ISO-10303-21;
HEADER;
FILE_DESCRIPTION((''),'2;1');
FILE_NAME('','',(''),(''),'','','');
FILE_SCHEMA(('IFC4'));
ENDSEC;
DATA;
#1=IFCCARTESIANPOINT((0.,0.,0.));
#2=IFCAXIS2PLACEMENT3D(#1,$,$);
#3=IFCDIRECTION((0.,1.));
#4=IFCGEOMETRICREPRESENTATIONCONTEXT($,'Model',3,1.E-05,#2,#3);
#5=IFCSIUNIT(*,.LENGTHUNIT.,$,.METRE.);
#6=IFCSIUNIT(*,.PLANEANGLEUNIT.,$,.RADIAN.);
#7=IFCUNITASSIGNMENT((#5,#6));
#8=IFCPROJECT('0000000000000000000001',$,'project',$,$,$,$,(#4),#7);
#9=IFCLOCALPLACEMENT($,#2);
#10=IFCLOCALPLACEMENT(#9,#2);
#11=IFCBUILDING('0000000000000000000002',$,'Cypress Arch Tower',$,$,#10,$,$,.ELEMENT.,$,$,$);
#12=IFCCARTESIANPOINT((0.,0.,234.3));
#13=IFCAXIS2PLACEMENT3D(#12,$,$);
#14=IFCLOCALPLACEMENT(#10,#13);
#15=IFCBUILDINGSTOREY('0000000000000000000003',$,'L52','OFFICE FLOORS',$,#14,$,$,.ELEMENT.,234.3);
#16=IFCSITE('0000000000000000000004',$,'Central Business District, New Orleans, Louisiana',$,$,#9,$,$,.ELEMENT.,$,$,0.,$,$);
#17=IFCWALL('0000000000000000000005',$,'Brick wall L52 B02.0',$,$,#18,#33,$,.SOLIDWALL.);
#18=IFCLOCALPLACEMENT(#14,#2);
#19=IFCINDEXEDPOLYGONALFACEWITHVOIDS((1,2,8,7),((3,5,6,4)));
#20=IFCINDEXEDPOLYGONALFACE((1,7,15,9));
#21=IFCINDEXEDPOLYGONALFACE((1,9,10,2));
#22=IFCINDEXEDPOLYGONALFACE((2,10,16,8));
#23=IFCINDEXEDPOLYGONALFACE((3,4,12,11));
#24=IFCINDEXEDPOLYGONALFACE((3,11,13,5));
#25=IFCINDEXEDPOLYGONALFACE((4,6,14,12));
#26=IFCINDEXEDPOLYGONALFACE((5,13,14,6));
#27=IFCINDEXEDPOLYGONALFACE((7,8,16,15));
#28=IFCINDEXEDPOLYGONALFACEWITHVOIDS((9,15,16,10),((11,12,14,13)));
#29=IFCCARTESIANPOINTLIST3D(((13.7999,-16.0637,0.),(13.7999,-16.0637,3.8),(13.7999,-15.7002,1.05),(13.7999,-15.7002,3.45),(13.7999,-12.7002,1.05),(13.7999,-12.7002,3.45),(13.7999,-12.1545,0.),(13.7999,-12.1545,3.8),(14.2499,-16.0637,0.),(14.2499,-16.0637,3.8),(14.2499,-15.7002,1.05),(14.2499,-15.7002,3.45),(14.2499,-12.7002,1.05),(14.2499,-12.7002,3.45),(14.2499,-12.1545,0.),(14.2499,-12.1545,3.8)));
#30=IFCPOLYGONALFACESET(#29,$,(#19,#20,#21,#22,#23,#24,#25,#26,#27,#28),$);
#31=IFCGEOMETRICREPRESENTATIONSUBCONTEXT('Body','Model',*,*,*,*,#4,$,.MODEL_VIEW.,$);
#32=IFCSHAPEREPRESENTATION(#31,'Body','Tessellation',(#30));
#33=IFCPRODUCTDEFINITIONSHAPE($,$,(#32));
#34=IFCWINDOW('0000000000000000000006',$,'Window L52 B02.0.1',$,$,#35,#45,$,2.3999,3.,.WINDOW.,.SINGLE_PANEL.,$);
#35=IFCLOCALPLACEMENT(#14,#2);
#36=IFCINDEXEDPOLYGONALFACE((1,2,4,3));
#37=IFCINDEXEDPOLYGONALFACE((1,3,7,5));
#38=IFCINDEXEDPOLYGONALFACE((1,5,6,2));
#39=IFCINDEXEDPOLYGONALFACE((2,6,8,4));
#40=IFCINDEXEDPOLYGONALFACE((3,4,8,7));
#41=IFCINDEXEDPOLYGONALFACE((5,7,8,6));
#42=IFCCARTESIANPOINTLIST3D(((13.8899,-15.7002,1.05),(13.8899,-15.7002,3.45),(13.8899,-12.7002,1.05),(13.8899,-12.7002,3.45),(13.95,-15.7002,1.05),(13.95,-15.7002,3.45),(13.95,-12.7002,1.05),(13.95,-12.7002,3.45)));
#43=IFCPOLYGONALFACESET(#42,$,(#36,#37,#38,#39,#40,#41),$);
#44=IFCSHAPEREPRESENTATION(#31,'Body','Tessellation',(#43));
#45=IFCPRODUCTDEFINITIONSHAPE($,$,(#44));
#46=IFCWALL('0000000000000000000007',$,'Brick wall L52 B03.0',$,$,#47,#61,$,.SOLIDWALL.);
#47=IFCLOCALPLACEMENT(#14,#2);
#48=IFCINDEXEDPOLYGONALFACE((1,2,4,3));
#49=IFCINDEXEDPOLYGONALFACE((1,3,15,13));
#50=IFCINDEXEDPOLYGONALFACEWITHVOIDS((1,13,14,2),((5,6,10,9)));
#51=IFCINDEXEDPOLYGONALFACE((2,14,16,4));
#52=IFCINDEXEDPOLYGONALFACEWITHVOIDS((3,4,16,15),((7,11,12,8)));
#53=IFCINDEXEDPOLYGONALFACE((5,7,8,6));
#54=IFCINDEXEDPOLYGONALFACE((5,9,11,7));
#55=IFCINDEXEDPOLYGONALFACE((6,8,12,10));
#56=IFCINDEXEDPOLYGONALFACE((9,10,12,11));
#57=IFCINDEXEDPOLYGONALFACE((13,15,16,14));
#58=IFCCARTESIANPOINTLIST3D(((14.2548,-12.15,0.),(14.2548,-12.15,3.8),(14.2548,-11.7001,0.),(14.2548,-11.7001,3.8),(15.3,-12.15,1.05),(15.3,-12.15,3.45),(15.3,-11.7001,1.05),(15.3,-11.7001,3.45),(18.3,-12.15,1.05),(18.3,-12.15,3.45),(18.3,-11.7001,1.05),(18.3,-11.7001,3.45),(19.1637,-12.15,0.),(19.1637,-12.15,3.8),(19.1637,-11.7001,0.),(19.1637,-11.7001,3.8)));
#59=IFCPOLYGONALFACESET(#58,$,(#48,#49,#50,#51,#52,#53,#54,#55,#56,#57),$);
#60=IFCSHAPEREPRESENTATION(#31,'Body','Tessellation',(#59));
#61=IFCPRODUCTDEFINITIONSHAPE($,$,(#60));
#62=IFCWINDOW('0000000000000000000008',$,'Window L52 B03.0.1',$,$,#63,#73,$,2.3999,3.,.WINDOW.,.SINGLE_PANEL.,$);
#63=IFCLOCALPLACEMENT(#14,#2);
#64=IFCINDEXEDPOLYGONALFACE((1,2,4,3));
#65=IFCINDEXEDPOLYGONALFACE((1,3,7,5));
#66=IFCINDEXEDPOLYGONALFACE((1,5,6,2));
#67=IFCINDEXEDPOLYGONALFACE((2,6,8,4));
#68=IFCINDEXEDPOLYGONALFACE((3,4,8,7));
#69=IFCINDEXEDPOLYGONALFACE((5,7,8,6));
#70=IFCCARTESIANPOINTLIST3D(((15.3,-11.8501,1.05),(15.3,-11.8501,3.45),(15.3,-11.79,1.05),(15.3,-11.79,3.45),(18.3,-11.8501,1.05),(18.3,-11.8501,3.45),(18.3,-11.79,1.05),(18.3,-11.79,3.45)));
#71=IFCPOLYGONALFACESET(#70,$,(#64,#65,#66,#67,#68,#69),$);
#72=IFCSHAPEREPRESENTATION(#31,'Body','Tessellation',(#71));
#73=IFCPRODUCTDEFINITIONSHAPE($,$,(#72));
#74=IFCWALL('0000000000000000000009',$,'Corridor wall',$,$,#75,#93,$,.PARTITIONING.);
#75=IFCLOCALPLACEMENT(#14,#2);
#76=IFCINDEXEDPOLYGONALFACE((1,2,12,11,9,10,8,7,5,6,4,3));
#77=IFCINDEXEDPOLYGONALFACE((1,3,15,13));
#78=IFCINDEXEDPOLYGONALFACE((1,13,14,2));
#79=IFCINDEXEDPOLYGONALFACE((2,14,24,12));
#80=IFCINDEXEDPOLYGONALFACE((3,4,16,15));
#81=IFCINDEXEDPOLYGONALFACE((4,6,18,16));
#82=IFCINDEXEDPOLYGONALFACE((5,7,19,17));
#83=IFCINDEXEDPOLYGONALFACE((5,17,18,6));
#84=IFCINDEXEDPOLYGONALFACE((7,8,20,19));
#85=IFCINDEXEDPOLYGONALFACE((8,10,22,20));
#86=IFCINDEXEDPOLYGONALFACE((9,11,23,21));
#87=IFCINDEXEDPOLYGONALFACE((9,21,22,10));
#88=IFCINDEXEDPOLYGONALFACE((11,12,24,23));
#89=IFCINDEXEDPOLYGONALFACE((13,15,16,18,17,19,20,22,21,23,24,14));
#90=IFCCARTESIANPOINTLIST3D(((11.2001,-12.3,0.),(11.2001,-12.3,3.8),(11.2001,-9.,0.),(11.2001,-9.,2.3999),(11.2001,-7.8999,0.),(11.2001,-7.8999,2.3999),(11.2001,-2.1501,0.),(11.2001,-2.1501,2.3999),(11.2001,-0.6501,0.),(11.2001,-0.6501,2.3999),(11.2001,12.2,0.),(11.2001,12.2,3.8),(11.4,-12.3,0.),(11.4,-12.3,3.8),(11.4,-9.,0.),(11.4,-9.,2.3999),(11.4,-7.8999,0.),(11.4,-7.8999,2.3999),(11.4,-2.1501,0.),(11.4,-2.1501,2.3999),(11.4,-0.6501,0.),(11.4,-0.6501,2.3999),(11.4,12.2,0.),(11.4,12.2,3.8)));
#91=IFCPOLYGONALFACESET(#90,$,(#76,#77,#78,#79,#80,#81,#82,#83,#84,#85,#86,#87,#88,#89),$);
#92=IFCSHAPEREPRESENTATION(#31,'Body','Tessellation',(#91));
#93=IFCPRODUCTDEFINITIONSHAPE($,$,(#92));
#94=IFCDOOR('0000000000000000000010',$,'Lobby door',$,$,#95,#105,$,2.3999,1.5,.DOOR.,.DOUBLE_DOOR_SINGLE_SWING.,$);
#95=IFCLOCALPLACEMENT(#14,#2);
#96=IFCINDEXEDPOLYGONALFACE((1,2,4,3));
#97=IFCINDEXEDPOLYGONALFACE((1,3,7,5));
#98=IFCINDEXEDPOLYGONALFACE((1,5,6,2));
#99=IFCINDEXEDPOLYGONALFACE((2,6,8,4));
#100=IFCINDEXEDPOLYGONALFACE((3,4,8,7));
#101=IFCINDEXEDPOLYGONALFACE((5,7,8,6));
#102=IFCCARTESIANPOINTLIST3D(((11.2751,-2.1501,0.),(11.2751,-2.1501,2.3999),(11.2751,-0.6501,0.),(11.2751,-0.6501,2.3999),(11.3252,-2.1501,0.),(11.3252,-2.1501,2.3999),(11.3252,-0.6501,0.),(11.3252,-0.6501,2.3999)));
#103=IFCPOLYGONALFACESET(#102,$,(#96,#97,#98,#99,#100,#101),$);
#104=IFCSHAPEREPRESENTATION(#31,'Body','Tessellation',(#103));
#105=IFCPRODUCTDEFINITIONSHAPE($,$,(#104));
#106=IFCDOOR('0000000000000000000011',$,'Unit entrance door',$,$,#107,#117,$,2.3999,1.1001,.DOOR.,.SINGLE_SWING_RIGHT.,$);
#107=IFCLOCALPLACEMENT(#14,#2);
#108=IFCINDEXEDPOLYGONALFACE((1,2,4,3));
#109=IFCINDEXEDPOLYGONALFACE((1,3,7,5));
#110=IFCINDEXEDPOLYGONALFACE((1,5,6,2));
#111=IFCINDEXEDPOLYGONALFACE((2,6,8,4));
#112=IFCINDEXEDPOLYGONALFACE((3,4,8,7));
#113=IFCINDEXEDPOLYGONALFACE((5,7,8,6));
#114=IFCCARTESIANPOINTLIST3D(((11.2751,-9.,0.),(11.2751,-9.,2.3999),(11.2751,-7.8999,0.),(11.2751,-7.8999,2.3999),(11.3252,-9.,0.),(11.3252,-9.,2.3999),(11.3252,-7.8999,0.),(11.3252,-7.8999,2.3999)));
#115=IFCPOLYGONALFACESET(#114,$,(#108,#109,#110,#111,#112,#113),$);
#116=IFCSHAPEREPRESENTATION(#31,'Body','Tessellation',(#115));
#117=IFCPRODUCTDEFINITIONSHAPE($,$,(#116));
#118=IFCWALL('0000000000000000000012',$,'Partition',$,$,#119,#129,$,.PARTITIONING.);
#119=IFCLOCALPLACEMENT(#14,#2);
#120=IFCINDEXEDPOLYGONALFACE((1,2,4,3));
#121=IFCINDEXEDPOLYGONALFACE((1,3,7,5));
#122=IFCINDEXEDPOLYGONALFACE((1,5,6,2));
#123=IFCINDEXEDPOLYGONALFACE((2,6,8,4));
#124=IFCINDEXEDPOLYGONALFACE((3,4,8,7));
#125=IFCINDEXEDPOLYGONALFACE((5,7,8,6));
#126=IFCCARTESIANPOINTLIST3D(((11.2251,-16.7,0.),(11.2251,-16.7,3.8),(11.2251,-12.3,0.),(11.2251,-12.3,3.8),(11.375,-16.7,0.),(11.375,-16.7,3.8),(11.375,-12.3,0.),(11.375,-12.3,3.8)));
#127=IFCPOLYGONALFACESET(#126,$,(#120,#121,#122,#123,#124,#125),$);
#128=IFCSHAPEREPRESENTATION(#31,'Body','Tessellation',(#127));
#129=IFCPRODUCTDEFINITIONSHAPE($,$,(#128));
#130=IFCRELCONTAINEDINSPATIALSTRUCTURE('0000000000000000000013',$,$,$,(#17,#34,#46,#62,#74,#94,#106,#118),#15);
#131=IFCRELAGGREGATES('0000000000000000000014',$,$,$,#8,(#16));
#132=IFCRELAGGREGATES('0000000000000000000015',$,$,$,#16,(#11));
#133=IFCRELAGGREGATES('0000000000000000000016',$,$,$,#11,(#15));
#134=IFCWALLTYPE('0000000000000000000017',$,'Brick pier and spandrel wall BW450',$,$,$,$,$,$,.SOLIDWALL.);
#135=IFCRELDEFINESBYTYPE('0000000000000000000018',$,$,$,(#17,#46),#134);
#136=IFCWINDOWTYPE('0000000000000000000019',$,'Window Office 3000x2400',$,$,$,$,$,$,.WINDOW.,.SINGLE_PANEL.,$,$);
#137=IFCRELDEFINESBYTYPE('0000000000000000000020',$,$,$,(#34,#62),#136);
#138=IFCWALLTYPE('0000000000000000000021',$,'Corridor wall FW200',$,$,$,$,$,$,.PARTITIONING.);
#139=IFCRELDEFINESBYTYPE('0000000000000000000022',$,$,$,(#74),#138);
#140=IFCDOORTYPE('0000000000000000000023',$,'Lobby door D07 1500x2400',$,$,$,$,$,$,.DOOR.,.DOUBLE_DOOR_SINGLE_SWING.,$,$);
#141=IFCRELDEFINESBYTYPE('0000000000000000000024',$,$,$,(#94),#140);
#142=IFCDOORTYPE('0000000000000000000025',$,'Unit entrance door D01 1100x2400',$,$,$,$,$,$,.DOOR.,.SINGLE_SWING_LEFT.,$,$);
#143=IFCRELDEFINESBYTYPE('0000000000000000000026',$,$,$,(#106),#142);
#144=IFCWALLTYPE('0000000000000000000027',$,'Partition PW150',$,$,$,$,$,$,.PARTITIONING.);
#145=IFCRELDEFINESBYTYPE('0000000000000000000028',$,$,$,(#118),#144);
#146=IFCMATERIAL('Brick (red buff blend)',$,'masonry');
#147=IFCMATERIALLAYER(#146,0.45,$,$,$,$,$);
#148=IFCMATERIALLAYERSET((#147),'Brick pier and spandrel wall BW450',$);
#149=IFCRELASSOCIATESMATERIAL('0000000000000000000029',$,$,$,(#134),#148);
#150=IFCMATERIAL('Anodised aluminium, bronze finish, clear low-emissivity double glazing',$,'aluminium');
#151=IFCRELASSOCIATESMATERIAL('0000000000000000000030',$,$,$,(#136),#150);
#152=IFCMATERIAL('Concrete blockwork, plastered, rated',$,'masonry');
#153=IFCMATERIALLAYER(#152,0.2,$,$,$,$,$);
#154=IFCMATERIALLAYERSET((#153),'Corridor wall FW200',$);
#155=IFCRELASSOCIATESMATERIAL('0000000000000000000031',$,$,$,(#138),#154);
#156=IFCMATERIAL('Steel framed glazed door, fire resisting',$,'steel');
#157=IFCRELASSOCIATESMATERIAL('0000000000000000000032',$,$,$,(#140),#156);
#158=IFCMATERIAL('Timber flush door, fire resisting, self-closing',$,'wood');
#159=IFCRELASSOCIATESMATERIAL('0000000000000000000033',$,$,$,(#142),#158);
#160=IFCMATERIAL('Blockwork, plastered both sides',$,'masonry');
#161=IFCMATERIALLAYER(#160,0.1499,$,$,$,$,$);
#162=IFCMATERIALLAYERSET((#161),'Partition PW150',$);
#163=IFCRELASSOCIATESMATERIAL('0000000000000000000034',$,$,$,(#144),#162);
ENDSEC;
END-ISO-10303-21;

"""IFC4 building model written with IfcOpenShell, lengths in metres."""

from ifc_helpers import new_model, si_unit, direction, frame, frame_2d, origin, place, context, subcontext, project, spatial, rectangle, extrude, material, layer, layer_set, type_object, element, fill, save


model = new_model("IFC4")

# Units and contexts
model_context = context("Model", 3, precision=1e-05, world=origin(), true_north=direction((0.0, 1.0)))
body_context = subcontext(model_context, "Body", "Model", "MODEL_VIEW")
ifc_project = project(units=[si_unit("LENGTHUNIT", "METRE"), si_unit("PLANEANGLEUNIT", "RADIAN")], contexts=[model_context])

# Site, building, storey
site_placement = place(None, origin())
site = spatial("IfcSite", under=ifc_project, at=site_placement, Name="Central Business District, New Orleans, Louisiana", CompositionType="ELEMENT", RefElevation=0.0)
building_placement = place(site_placement, origin())
building = spatial("IfcBuilding", under=site, at=building_placement, Name="Cypress Arch Tower", CompositionType="ELEMENT")
storey_placement = place(building_placement, frame((0.0, 0.0, 234.3)))
storey = spatial("IfcBuildingStorey", under=building, at=storey_placement, Name="L52", Description="OFFICE FLOORS", CompositionType="ELEMENT", Elevation=234.3)

# Walls, openings, windows
ifc_material_1 = material(Name="Brick (red buff blend)", Category="masonry")
ifc_layer_1 = layer(ifc_material_1, 0.45)
ifc_layer_set_1 = layer_set([ifc_layer_1], Name="Brick pier and spandrel wall BW450")
wall_type_1 = type_object("IfcWallType", Name="Brick pier and spandrel wall BW450", PredefinedType="SOLIDWALL", material=ifc_layer_set_1)
wall_1_placement = place(storey_placement, frame((14.0249, -16.0637, 0.0), z_axis=(0.0, 0.0, 1.0), x_axis=(0.0, 1.0, 0.0)))
wall_1 = element("IfcWall", 1, at=wall_1_placement, inside=storey, type_object=wall_type_1, Name="Brick wall L52 B02.0", PredefinedType="SOLIDWALL", context=body_context, shape_type="SweptSolid", body=[
    extrude(rectangle(XDim=3.9092, YDim=0.45, at=frame_2d((1.9546, 0.0))), origin(), (0.0, 0.0, 1.0), 3.8),
])
opening_1_placement = place(wall_1_placement, frame((0.3635, 0.0, 1.05)))
opening_1 = element("IfcOpeningElement", 2, at=opening_1_placement, cuts=wall_1, PredefinedType="OPENING", context=body_context, shape_type="SweptSolid", body=[
    extrude(rectangle(XDim=3.0, YDim=2.3999, at=frame_2d((1.5, 1.2))), frame((0.0, 0.2349, 0.0), z_axis=(0.0, -1.0, 0.0), x_axis=(1.0, 0.0, 0.0)), (0.0, 0.0, 1.0), 0.47),
])
ifc_material_2 = material(Name="Anodised aluminium, bronze finish, clear low-emissivity double glazing", Category="aluminium")
window_type = type_object("IfcWindowType", Name="Window Office 3000x2400", PartitioningType="SINGLE_PANEL", PredefinedType="WINDOW", material=ifc_material_2)
window_1_placement = place(opening_1_placement, origin())
window_1 = element("IfcWindow", 3, at=window_1_placement, inside=storey, type_object=window_type, Name="Window L52 B02.0.1", OverallHeight=2.3999, OverallWidth=3.0, PartitioningType="SINGLE_PANEL", PredefinedType="WINDOW", context=body_context, shape_type="SweptSolid", body=[
    extrude(rectangle(XDim=3.0, YDim=2.3999, at=frame_2d((1.5, 1.2))), frame((0.0, 0.135, 0.0), z_axis=(0.0, -1.0, 0.0), x_axis=(1.0, 0.0, 0.0)), (0.0, 0.0, 1.0), 0.0601),
])
fill(opening_1, window_1)
wall_2_placement = place(storey_placement, frame((14.2546, -11.925, 0.0), z_axis=(0.0, 0.0, 1.0), x_axis=(1.0, 0.0, 0.0)))
wall_2 = element("IfcWall", 4, at=wall_2_placement, inside=storey, type_object=wall_type_1, Name="Brick wall L52 B03.0", PredefinedType="SOLIDWALL", context=body_context, shape_type="SweptSolid", body=[
    extrude(rectangle(XDim=4.9089, YDim=0.45, at=frame_2d((2.4546, 0.0))), origin(), (0.0, 0.0, 1.0), 3.8),
])
opening_2_placement = place(wall_2_placement, frame((1.0454, 0.0, 1.05)))
opening_2 = element("IfcOpeningElement", 5, at=opening_2_placement, cuts=wall_2, PredefinedType="OPENING", context=body_context, shape_type="SweptSolid", body=[
    extrude(rectangle(XDim=3.0, YDim=2.3999, at=frame_2d((1.5, 1.2))), frame((0.0, 0.2349, 0.0), z_axis=(0.0, -1.0, 0.0), x_axis=(1.0, 0.0, 0.0)), (0.0, 0.0, 1.0), 0.47),
])
window_2_placement = place(opening_2_placement, origin())
window_2 = element("IfcWindow", 6, at=window_2_placement, inside=storey, type_object=window_type, Name="Window L52 B03.0.1", OverallHeight=2.3999, OverallWidth=3.0, PartitioningType="SINGLE_PANEL", PredefinedType="WINDOW", context=body_context, shape_type="SweptSolid", body=[
    extrude(rectangle(XDim=3.0, YDim=2.3999, at=frame_2d((1.5, 1.2))), frame((0.0, 0.135, 0.0), z_axis=(0.0, -1.0, 0.0), x_axis=(1.0, 0.0, 0.0)), (0.0, 0.0, 1.0), 0.0601),
])
fill(opening_2, window_2)

# Wall, openings, doors
ifc_material_3 = material(Name="Concrete blockwork, plastered, rated", Category="masonry")
ifc_layer_2 = layer(ifc_material_3, 0.2)
ifc_layer_set_2 = layer_set([ifc_layer_2], Name="Corridor wall FW200")
wall_type_2 = type_object("IfcWallType", Name="Corridor wall FW200", PredefinedType="PARTITIONING", material=ifc_layer_set_2)
wall_3_placement = place(storey_placement, frame((11.3, -12.3, 0.0), z_axis=(0.0, 0.0, 1.0), x_axis=(0.0, 1.0, 0.0)))
wall_3 = element("IfcWall", 7, at=wall_3_placement, inside=storey, type_object=wall_type_2, Name="Corridor wall", PredefinedType="PARTITIONING", context=body_context, shape_type="SweptSolid", body=[
    extrude(rectangle(XDim=24.5, YDim=0.2, at=frame_2d((12.25, 0.0))), origin(), (0.0, 0.0, 1.0), 3.8),
])
opening_3_placement = place(wall_3_placement, frame((10.1499, 0.0, 0.0)))
opening_3 = element("IfcOpeningElement", 8, at=opening_3_placement, cuts=wall_3, PredefinedType="OPENING", context=body_context, shape_type="SweptSolid", body=[
    extrude(rectangle(XDim=1.5, YDim=2.3999, at=frame_2d((0.75, 1.2))), frame((0.0, 0.1099, 0.0), z_axis=(0.0, -1.0, 0.0), x_axis=(1.0, 0.0, 0.0)), (0.0, 0.0, 1.0), 0.22),
])
opening_4_placement = place(wall_3_placement, frame((3.3, 0.0, 0.0)))
opening_4 = element("IfcOpeningElement", 9, at=opening_4_placement, cuts=wall_3, PredefinedType="OPENING", context=body_context, shape_type="SweptSolid", body=[
    extrude(rectangle(XDim=1.1001, YDim=2.3999, at=frame_2d((0.55, 1.2))), frame((0.0, 0.1099, 0.0), z_axis=(0.0, -1.0, 0.0), x_axis=(1.0, 0.0, 0.0)), (0.0, 0.0, 1.0), 0.22),
])
ifc_material_4 = material(Name="Steel framed glazed door, fire resisting", Category="steel")
door_type_1 = type_object("IfcDoorType", Name="Lobby door D07 1500x2400", OperationType="DOUBLE_DOOR_SINGLE_SWING", PredefinedType="DOOR", material=ifc_material_4)
door_1_placement = place(opening_3_placement, origin())
door_1 = element("IfcDoor", 10, at=door_1_placement, inside=storey, type_object=door_type_1, Name="Lobby door", OperationType="DOUBLE_DOOR_SINGLE_SWING", OverallHeight=2.3999, OverallWidth=1.5, PredefinedType="DOOR", context=body_context, shape_type="SweptSolid", body=[
    extrude(rectangle(XDim=1.5, YDim=2.3999, at=frame_2d((0.75, 1.2))), frame((0.0, 0.0249, 0.0), z_axis=(0.0, -1.0, 0.0), x_axis=(1.0, 0.0, 0.0)), (0.0, 0.0, 1.0), 0.05),
])
fill(opening_3, door_1)
ifc_material_5 = material(Name="Timber flush door, fire resisting, self-closing", Category="wood")
door_type_2 = type_object("IfcDoorType", Name="Unit entrance door D01 1100x2400", OperationType="SINGLE_SWING_LEFT", PredefinedType="DOOR", material=ifc_material_5)
door_2_placement = place(opening_4_placement, origin())
door_2 = element("IfcDoor", 11, at=door_2_placement, inside=storey, type_object=door_type_2, Name="Unit entrance door", OperationType="SINGLE_SWING_RIGHT", OverallHeight=2.3999, OverallWidth=1.1001, PredefinedType="DOOR", context=body_context, shape_type="SweptSolid", body=[
    extrude(rectangle(XDim=1.1001, YDim=2.3999, at=frame_2d((0.55, 1.2))), frame((0.0, 0.0249, 0.0), z_axis=(0.0, -1.0, 0.0), x_axis=(1.0, 0.0, 0.0)), (0.0, 0.0, 1.0), 0.05),
])
fill(opening_4, door_2)

# Wall
ifc_material_6 = material(Name="Blockwork, plastered both sides", Category="masonry")
ifc_layer_3 = layer(ifc_material_6, 0.1499)
ifc_layer_set_3 = layer_set([ifc_layer_3], Name="Partition PW150")
wall_type_3 = type_object("IfcWallType", Name="Partition PW150", PredefinedType="PARTITIONING", material=ifc_layer_set_3)
wall_4_placement = place(storey_placement, frame((11.3, -16.7, 0.0), z_axis=(0.0, 0.0, 1.0), x_axis=(0.0, 1.0, 0.0)))
element("IfcWall", 12, at=wall_4_placement, inside=storey, type_object=wall_type_3, Name="Partition", PredefinedType="PARTITIONING", context=body_context, shape_type="SweptSolid", body=[
    extrude(rectangle(XDim=4.3999, YDim=0.1499, at=frame_2d((2.2, 0.0))), origin(), (0.0, 0.0, 1.0), 3.8),
])

save(model, "model.ifc")
